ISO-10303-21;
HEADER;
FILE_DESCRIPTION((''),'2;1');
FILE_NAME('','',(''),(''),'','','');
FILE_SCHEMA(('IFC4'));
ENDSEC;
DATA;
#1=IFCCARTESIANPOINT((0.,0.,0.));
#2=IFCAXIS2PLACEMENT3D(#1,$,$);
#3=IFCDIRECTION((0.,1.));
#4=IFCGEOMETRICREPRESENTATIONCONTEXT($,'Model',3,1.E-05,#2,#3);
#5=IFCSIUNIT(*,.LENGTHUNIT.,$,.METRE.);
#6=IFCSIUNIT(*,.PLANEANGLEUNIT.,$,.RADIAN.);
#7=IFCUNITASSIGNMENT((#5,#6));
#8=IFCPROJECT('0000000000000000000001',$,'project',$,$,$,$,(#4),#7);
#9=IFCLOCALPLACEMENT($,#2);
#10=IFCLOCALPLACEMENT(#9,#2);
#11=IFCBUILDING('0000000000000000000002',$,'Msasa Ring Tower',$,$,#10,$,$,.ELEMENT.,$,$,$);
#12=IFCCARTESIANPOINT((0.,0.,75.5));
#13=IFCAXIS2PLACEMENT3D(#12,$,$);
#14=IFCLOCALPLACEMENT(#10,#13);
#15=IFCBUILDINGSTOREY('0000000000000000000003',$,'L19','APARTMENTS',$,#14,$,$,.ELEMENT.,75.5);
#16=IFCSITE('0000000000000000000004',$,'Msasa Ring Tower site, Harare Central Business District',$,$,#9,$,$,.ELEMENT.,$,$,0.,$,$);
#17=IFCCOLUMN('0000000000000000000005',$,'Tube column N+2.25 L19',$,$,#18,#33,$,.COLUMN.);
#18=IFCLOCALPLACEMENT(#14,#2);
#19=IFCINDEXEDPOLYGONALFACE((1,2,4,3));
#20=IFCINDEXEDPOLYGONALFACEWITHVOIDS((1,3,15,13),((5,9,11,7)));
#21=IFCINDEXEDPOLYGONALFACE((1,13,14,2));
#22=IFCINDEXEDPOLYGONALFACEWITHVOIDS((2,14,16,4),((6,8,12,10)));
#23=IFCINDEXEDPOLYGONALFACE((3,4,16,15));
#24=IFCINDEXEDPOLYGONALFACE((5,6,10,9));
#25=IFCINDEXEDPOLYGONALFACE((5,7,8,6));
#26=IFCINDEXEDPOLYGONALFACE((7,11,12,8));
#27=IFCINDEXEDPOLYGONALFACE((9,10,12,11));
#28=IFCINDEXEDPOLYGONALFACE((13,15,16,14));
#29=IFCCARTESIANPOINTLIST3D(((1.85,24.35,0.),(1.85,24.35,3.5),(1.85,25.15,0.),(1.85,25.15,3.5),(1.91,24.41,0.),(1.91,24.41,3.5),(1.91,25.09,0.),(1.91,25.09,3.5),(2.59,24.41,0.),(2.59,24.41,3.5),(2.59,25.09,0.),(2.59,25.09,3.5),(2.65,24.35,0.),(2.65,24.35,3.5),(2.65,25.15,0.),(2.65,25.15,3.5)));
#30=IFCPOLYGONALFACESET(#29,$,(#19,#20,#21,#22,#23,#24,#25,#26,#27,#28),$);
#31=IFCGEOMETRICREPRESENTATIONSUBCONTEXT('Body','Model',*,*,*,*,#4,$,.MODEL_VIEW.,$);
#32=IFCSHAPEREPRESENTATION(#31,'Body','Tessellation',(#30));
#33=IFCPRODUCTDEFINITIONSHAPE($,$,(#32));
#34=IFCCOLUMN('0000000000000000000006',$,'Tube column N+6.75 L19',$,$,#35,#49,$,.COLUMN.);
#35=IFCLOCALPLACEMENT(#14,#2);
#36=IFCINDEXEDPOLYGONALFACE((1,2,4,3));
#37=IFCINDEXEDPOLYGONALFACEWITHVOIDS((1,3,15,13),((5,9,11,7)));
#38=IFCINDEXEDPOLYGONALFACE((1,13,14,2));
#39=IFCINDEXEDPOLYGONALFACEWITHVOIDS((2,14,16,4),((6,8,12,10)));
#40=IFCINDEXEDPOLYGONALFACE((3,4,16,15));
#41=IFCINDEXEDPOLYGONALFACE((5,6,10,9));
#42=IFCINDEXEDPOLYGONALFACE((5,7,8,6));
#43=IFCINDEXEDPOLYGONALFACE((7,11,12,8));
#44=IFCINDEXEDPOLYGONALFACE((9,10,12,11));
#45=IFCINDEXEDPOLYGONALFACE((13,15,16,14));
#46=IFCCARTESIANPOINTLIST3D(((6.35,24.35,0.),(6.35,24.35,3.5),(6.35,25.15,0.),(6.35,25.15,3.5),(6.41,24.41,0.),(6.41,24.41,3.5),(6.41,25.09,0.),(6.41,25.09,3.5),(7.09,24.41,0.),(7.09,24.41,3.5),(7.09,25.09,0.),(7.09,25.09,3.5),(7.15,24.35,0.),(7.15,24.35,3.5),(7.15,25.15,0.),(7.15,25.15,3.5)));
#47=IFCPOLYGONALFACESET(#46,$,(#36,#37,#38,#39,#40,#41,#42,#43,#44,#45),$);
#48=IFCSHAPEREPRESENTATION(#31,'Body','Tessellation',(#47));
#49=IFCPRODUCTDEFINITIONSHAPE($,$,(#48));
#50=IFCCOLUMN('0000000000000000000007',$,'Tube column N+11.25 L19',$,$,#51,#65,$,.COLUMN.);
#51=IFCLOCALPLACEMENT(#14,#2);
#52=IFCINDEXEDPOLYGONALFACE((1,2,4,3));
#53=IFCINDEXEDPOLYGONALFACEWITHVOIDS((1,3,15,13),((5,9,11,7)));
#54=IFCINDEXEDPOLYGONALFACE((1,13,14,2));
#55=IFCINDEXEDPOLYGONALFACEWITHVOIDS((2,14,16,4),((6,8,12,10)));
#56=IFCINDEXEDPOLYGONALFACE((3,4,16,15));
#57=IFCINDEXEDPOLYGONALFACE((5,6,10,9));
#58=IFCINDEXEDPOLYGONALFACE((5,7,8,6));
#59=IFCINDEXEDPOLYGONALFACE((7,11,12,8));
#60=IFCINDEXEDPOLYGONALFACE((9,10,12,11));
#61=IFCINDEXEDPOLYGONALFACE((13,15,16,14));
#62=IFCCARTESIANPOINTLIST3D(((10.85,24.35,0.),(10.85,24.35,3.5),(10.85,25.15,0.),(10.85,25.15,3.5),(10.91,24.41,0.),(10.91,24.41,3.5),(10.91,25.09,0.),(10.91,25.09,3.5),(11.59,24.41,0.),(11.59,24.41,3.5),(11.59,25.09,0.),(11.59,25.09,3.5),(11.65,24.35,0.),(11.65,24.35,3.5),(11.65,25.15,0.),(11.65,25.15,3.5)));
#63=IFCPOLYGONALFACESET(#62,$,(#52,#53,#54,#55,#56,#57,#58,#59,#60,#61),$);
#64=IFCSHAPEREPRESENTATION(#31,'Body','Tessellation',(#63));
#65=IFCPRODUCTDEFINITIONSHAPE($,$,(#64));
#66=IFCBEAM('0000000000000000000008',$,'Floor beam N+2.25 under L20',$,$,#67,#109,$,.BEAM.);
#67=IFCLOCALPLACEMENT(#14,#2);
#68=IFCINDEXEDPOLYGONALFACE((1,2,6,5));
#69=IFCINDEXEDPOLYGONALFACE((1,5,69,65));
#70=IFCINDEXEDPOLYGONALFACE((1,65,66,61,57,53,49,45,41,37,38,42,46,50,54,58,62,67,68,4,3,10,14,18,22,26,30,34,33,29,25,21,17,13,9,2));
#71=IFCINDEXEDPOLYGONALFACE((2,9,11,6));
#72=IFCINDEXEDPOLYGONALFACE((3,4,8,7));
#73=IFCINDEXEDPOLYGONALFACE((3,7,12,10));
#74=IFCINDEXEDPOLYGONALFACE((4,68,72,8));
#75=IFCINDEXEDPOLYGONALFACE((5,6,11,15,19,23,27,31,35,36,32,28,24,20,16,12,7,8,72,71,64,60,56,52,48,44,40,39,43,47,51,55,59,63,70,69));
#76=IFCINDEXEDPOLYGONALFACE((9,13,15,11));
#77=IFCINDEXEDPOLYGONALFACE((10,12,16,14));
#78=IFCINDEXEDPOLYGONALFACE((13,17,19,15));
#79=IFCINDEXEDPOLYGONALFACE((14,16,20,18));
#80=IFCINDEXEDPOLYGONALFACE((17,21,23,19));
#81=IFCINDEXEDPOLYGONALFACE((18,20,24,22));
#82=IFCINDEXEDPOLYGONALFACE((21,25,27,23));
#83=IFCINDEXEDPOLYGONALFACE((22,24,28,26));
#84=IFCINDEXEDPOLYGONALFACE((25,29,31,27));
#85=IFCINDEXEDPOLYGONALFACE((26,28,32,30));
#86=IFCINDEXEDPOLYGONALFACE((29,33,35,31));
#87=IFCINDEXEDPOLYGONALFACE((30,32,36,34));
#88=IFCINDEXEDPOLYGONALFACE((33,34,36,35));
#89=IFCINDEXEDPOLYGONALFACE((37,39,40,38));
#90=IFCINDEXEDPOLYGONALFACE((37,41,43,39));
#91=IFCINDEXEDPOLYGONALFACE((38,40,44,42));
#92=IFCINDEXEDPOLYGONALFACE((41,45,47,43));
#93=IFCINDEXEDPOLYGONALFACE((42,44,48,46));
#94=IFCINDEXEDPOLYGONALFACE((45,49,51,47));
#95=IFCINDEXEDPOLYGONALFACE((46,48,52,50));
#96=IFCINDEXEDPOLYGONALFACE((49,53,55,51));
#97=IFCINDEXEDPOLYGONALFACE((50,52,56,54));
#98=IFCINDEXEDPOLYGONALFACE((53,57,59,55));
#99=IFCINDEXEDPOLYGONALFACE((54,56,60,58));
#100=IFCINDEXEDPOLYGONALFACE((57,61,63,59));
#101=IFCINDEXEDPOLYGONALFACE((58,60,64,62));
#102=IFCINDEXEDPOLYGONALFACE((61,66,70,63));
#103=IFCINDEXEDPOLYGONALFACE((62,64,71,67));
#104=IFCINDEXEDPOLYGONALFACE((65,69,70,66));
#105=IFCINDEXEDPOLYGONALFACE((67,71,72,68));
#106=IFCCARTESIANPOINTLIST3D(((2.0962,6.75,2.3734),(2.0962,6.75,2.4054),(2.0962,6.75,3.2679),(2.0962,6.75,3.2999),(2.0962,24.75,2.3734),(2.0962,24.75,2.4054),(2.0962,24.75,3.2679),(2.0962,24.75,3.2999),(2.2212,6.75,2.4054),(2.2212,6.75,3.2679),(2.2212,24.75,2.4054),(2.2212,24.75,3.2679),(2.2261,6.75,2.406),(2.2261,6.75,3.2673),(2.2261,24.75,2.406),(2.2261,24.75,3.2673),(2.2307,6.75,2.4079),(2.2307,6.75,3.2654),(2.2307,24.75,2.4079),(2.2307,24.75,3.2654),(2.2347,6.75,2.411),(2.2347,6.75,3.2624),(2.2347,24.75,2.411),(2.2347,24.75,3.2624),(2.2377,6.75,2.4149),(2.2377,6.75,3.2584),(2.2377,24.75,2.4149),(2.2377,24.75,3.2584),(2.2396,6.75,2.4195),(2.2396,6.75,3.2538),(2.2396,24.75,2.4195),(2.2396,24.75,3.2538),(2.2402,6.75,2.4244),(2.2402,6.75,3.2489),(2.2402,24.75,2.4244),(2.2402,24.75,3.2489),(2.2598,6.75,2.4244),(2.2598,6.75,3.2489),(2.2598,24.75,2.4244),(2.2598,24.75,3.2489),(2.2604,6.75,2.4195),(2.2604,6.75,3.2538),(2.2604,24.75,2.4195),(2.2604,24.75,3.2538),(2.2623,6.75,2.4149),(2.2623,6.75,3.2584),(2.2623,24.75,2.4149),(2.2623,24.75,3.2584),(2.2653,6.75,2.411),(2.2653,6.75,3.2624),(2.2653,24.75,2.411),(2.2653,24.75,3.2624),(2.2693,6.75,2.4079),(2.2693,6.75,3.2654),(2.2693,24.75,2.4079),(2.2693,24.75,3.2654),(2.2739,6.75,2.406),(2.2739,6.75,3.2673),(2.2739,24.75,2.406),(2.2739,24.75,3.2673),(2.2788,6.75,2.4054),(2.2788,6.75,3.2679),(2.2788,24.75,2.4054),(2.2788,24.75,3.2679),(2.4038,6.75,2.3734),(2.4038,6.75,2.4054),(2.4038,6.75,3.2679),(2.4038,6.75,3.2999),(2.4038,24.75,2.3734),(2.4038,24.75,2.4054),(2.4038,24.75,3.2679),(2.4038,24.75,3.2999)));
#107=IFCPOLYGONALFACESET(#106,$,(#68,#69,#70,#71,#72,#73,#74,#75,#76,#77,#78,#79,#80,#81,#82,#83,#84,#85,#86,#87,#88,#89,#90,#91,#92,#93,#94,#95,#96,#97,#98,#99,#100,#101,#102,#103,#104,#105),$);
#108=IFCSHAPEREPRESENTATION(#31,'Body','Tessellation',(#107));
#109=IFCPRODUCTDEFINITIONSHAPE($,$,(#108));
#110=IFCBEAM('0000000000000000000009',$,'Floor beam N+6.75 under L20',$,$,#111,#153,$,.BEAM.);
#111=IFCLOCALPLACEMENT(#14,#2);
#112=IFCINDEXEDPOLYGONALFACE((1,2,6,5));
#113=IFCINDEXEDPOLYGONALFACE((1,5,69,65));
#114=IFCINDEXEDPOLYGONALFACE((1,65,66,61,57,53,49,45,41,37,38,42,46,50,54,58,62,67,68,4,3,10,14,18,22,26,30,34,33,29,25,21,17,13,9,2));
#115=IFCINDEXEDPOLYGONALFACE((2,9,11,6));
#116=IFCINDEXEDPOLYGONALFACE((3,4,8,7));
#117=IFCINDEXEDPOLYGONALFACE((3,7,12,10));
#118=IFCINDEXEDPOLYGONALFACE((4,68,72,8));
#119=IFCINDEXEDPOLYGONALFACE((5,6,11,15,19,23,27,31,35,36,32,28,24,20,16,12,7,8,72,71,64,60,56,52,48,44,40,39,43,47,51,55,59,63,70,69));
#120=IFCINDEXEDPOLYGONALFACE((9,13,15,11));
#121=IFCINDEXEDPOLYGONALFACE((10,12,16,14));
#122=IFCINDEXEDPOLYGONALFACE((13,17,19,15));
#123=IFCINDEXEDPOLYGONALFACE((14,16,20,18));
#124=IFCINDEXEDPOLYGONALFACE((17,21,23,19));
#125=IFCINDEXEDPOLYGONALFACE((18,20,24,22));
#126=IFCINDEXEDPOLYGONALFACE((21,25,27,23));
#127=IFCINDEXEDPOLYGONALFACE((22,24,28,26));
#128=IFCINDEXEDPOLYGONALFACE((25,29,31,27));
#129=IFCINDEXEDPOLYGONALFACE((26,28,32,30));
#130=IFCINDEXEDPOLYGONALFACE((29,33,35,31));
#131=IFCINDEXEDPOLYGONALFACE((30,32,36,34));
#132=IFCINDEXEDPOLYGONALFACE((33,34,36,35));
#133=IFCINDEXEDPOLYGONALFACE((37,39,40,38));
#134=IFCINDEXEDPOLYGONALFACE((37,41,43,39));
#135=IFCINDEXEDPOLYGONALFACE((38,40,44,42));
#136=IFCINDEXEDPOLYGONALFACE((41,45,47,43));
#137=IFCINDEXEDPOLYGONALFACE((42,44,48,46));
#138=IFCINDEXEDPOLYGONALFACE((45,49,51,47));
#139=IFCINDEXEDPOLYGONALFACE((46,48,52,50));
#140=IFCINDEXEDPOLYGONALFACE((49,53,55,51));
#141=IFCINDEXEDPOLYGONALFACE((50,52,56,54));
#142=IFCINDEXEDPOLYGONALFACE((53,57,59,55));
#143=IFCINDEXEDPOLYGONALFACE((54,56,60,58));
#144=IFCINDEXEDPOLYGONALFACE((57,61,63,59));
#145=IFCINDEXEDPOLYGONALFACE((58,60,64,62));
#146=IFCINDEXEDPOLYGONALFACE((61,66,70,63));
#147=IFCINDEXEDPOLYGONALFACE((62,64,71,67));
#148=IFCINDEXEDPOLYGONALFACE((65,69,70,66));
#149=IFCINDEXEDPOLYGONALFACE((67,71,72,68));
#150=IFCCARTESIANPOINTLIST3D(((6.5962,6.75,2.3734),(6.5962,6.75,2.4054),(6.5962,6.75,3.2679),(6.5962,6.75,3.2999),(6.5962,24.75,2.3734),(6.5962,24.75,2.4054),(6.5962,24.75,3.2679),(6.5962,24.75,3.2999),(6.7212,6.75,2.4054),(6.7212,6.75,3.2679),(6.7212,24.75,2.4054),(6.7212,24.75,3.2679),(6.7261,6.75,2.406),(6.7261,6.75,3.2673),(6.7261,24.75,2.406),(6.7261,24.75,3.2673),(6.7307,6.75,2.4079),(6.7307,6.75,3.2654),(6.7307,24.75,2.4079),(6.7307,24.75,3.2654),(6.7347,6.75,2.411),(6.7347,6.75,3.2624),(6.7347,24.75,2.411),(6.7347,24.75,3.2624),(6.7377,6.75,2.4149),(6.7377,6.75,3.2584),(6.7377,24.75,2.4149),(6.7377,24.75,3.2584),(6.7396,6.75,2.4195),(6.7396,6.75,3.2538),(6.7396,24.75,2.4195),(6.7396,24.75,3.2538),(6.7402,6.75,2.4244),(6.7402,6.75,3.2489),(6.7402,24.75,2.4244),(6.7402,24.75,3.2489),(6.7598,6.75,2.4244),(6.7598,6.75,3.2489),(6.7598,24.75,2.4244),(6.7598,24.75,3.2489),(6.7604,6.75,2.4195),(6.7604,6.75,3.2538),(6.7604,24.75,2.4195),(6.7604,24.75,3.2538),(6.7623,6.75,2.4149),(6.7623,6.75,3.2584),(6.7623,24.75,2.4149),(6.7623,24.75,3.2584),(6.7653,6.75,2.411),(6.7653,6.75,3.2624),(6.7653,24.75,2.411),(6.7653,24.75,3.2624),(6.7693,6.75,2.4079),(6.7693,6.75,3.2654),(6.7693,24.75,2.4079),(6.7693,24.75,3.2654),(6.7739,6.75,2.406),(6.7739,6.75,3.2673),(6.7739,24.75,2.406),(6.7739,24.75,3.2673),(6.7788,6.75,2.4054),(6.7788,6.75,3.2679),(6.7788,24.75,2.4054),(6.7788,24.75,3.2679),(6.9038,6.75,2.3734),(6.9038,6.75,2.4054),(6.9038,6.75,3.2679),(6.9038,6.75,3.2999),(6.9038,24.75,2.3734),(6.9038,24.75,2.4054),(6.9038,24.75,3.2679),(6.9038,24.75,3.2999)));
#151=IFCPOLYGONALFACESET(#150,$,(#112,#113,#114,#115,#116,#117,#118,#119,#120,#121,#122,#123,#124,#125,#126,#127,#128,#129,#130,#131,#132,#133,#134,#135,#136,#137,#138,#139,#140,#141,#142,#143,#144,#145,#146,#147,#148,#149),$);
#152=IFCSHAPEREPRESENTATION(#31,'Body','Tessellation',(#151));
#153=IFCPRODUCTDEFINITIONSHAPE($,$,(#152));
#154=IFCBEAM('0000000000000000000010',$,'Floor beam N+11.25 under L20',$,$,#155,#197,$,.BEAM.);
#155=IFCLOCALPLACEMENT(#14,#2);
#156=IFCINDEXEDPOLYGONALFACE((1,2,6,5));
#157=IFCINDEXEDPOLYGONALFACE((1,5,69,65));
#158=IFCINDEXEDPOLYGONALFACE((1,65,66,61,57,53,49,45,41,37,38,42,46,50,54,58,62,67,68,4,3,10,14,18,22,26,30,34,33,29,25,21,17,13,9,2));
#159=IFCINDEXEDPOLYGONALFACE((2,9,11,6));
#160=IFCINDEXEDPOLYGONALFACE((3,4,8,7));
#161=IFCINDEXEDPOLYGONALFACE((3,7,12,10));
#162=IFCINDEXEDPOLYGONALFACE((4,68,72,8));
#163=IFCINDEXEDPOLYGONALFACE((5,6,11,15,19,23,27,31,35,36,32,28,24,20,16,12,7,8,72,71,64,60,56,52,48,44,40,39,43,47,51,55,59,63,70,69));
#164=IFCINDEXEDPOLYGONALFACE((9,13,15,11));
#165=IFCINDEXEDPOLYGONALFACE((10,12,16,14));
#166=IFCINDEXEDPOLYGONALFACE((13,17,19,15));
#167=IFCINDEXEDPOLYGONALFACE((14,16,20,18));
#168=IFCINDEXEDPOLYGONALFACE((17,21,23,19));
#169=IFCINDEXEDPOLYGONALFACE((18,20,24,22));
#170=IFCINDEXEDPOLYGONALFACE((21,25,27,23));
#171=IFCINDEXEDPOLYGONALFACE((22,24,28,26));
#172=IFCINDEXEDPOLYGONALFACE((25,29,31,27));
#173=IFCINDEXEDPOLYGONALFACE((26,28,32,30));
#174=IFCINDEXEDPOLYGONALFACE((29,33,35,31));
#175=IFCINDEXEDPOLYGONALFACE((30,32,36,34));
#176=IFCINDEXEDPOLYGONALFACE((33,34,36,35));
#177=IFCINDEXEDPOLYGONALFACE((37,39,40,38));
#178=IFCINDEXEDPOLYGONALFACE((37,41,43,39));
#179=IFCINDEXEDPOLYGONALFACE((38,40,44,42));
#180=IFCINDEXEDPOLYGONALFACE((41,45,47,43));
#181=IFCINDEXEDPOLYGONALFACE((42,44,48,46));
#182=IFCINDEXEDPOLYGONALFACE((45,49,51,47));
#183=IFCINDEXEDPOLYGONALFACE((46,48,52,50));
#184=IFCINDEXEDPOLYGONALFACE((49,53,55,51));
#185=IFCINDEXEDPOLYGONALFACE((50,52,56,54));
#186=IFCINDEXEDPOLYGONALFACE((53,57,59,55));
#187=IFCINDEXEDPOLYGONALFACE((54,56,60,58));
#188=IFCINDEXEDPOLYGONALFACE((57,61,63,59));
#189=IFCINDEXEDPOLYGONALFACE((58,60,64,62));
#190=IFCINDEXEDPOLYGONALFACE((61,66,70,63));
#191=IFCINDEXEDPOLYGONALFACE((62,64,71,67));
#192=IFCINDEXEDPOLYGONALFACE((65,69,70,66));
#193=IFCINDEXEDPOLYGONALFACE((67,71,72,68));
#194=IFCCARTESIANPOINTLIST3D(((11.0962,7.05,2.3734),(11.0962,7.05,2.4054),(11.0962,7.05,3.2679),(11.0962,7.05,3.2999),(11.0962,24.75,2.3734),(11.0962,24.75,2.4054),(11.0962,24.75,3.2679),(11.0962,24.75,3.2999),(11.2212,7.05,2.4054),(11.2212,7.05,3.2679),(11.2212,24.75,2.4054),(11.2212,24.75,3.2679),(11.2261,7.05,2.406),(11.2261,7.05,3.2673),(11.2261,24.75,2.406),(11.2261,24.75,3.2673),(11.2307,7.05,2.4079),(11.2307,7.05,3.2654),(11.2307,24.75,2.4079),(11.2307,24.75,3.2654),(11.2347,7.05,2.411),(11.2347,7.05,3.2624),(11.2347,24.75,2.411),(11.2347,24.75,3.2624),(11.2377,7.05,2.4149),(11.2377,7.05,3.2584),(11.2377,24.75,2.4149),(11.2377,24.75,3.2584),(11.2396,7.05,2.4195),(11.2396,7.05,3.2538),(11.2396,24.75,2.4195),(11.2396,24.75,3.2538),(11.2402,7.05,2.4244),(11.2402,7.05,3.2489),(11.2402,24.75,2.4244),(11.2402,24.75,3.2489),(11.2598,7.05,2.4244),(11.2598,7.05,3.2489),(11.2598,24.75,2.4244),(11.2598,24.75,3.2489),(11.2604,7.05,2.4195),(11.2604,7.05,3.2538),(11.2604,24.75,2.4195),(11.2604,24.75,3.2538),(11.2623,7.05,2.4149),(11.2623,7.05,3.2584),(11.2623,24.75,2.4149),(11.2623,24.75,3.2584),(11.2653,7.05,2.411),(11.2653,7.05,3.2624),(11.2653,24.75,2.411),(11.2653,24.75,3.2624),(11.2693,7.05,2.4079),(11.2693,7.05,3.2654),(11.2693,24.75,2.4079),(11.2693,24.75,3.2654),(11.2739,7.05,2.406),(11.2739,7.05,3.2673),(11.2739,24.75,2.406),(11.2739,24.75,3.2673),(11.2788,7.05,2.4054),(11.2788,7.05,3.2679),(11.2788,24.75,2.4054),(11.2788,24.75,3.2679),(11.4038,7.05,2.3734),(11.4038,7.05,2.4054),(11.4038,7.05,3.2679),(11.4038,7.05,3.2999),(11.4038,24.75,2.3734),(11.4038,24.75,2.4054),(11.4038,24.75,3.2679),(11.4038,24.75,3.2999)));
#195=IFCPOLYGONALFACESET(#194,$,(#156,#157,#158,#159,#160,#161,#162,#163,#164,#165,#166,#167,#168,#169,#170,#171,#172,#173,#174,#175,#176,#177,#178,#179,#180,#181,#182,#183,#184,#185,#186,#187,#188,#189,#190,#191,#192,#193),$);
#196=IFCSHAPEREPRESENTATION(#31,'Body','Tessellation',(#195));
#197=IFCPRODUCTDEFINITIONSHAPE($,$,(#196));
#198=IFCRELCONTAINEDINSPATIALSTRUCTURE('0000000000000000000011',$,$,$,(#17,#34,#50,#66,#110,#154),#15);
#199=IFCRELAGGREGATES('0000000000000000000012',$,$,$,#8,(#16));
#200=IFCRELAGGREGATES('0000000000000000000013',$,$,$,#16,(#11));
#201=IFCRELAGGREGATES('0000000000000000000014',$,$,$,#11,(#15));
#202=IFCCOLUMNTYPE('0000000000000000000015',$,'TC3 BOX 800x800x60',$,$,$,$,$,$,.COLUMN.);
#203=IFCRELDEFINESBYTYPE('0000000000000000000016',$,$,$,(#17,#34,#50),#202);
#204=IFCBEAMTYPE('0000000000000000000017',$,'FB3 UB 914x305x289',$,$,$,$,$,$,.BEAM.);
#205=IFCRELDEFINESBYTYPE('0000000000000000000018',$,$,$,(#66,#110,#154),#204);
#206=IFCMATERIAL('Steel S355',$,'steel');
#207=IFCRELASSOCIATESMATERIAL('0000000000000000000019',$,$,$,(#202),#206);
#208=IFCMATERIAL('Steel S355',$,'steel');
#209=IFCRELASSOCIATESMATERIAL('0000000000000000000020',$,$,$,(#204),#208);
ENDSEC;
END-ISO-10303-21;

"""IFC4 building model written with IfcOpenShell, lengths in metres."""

from ifc_helpers import new_model, si_unit, direction, frame, origin, origin_2d, place, context, subcontext, project, spatial, hollow_rectangle, i_section, extrude, material, material_profile, profile_set, type_object, element, save


model = new_model("IFC4")

# Units and contexts
model_context = context("Model", 3, precision=1e-05, world=origin(), true_north=direction((0.0, 1.0)))
body_context = subcontext(model_context, "Body", "Model", "MODEL_VIEW")
ifc_project = project(units=[si_unit("LENGTHUNIT", "METRE"), si_unit("PLANEANGLEUNIT", "RADIAN")], contexts=[model_context])

# Site, building, storey
site_placement = place(None, origin())
site = spatial("IfcSite", under=ifc_project, at=site_placement, Name="Msasa Ring Tower site, Harare Central Business District", CompositionType="ELEMENT", RefElevation=0.0)
building_placement = place(site_placement, origin())
building = spatial("IfcBuilding", under=site, at=building_placement, Name="Msasa Ring Tower", CompositionType="ELEMENT")
storey_placement = place(building_placement, frame((0.0, 0.0, 75.5)))
storey = spatial("IfcBuildingStorey", under=building, at=storey_placement, Name="L19", Description="APARTMENTS", CompositionType="ELEMENT", Elevation=75.5)

# Columns
ifc_material_1 = material(Name="Steel S355", Category="steel")
ifc_material_profile_1 = material_profile(ifc_material_1, hollow_rectangle(XDim=0.8, YDim=0.8, WallThickness=0.0601, at=origin_2d()), Name="BOX 800x800x60")
ifc_profile_set_1 = profile_set([ifc_material_profile_1], Name="Steel S355")
column_type = type_object("IfcColumnType", Name="TC3 BOX 800x800x60", PredefinedType="COLUMN", material=ifc_profile_set_1)
for number, where, z_axis, x_axis, name in (
    (1, (2.25, 24.75, 0.0), (0.0, 0.0, 1.0), (0.0, 1.0, 0.0), "Tube column N+2.25 L19"),
    (2, (6.75, 24.75, 0.0), (0.0, 0.0, 1.0), (0.0, 1.0, 0.0), "Tube column N+6.75 L19"),
    (3, (11.25, 24.75, 0.0), (0.0, 0.0, 1.0), (0.0, 1.0, 0.0), "Tube column N+11.25 L19"),
):
    element("IfcColumn", number, at=place(storey_placement, frame(where, z_axis=z_axis, x_axis=x_axis)), inside=storey, type_object=column_type, Name=name, PredefinedType="COLUMN", context=body_context, shape_type="SweptSolid", body=[
        extrude(hollow_rectangle(XDim=0.8, YDim=0.8, WallThickness=0.0601, at=origin_2d()), origin(), (0.0, 0.0, 1.0), 3.5),
    ])

# Beams
ifc_material_2 = material(Name="Steel S355", Category="steel")
ifc_material_profile_2 = material_profile(ifc_material_2, i_section(OverallWidth=0.3076, OverallDepth=0.9265, WebThickness=0.0195, FlangeThickness=0.032, FilletRadius=0.019, at=origin_2d()), Name="UB 914x305x289")
ifc_profile_set_2 = profile_set([ifc_material_profile_2], Name="Steel S355")
beam_type_1 = type_object("IfcBeamType", Name="FB3 UB 914x305x289", PredefinedType="BEAM", material=ifc_profile_set_2)
for number, where, z_axis, x_axis, name in (
    (4, (2.25, 24.75, 2.8367), (0.0, -1.0, 0.0), (1.0, 0.0, 0.0), "Floor beam N+2.25 under L20"),
    (5, (6.75, 24.75, 2.8367), (0.0, -1.0, 0.0), (1.0, 0.0, 0.0), "Floor beam N+6.75 under L20"),
):
    element("IfcBeam", number, at=place(storey_placement, frame(where, z_axis=z_axis, x_axis=x_axis)), inside=storey, type_object=beam_type_1, Name=name, PredefinedType="BEAM", context=body_context, shape_type="SweptSolid", body=[
        extrude(i_section(OverallWidth=0.3076, OverallDepth=0.9265, WebThickness=0.0195, FlangeThickness=0.032, FilletRadius=0.019, at=origin_2d()), origin(), (0.0, 0.0, 1.0), 18.0),
    ])
beam_placement = place(storey_placement, frame((11.25, 24.75, 2.8367), z_axis=(0.0, -1.0, 0.0), x_axis=(1.0, 0.0, 0.0)))
element("IfcBeam", 6, at=beam_placement, inside=storey, type_object=beam_type_1, Name="Floor beam N+11.25 under L20", PredefinedType="BEAM", context=body_context, shape_type="SweptSolid", body=[
    extrude(i_section(OverallWidth=0.3076, OverallDepth=0.9265, WebThickness=0.0195, FlangeThickness=0.032, FilletRadius=0.019, at=origin_2d()), origin(), (0.0, 0.0, 1.0), 17.7),
])

save(model, "model.ifc")
